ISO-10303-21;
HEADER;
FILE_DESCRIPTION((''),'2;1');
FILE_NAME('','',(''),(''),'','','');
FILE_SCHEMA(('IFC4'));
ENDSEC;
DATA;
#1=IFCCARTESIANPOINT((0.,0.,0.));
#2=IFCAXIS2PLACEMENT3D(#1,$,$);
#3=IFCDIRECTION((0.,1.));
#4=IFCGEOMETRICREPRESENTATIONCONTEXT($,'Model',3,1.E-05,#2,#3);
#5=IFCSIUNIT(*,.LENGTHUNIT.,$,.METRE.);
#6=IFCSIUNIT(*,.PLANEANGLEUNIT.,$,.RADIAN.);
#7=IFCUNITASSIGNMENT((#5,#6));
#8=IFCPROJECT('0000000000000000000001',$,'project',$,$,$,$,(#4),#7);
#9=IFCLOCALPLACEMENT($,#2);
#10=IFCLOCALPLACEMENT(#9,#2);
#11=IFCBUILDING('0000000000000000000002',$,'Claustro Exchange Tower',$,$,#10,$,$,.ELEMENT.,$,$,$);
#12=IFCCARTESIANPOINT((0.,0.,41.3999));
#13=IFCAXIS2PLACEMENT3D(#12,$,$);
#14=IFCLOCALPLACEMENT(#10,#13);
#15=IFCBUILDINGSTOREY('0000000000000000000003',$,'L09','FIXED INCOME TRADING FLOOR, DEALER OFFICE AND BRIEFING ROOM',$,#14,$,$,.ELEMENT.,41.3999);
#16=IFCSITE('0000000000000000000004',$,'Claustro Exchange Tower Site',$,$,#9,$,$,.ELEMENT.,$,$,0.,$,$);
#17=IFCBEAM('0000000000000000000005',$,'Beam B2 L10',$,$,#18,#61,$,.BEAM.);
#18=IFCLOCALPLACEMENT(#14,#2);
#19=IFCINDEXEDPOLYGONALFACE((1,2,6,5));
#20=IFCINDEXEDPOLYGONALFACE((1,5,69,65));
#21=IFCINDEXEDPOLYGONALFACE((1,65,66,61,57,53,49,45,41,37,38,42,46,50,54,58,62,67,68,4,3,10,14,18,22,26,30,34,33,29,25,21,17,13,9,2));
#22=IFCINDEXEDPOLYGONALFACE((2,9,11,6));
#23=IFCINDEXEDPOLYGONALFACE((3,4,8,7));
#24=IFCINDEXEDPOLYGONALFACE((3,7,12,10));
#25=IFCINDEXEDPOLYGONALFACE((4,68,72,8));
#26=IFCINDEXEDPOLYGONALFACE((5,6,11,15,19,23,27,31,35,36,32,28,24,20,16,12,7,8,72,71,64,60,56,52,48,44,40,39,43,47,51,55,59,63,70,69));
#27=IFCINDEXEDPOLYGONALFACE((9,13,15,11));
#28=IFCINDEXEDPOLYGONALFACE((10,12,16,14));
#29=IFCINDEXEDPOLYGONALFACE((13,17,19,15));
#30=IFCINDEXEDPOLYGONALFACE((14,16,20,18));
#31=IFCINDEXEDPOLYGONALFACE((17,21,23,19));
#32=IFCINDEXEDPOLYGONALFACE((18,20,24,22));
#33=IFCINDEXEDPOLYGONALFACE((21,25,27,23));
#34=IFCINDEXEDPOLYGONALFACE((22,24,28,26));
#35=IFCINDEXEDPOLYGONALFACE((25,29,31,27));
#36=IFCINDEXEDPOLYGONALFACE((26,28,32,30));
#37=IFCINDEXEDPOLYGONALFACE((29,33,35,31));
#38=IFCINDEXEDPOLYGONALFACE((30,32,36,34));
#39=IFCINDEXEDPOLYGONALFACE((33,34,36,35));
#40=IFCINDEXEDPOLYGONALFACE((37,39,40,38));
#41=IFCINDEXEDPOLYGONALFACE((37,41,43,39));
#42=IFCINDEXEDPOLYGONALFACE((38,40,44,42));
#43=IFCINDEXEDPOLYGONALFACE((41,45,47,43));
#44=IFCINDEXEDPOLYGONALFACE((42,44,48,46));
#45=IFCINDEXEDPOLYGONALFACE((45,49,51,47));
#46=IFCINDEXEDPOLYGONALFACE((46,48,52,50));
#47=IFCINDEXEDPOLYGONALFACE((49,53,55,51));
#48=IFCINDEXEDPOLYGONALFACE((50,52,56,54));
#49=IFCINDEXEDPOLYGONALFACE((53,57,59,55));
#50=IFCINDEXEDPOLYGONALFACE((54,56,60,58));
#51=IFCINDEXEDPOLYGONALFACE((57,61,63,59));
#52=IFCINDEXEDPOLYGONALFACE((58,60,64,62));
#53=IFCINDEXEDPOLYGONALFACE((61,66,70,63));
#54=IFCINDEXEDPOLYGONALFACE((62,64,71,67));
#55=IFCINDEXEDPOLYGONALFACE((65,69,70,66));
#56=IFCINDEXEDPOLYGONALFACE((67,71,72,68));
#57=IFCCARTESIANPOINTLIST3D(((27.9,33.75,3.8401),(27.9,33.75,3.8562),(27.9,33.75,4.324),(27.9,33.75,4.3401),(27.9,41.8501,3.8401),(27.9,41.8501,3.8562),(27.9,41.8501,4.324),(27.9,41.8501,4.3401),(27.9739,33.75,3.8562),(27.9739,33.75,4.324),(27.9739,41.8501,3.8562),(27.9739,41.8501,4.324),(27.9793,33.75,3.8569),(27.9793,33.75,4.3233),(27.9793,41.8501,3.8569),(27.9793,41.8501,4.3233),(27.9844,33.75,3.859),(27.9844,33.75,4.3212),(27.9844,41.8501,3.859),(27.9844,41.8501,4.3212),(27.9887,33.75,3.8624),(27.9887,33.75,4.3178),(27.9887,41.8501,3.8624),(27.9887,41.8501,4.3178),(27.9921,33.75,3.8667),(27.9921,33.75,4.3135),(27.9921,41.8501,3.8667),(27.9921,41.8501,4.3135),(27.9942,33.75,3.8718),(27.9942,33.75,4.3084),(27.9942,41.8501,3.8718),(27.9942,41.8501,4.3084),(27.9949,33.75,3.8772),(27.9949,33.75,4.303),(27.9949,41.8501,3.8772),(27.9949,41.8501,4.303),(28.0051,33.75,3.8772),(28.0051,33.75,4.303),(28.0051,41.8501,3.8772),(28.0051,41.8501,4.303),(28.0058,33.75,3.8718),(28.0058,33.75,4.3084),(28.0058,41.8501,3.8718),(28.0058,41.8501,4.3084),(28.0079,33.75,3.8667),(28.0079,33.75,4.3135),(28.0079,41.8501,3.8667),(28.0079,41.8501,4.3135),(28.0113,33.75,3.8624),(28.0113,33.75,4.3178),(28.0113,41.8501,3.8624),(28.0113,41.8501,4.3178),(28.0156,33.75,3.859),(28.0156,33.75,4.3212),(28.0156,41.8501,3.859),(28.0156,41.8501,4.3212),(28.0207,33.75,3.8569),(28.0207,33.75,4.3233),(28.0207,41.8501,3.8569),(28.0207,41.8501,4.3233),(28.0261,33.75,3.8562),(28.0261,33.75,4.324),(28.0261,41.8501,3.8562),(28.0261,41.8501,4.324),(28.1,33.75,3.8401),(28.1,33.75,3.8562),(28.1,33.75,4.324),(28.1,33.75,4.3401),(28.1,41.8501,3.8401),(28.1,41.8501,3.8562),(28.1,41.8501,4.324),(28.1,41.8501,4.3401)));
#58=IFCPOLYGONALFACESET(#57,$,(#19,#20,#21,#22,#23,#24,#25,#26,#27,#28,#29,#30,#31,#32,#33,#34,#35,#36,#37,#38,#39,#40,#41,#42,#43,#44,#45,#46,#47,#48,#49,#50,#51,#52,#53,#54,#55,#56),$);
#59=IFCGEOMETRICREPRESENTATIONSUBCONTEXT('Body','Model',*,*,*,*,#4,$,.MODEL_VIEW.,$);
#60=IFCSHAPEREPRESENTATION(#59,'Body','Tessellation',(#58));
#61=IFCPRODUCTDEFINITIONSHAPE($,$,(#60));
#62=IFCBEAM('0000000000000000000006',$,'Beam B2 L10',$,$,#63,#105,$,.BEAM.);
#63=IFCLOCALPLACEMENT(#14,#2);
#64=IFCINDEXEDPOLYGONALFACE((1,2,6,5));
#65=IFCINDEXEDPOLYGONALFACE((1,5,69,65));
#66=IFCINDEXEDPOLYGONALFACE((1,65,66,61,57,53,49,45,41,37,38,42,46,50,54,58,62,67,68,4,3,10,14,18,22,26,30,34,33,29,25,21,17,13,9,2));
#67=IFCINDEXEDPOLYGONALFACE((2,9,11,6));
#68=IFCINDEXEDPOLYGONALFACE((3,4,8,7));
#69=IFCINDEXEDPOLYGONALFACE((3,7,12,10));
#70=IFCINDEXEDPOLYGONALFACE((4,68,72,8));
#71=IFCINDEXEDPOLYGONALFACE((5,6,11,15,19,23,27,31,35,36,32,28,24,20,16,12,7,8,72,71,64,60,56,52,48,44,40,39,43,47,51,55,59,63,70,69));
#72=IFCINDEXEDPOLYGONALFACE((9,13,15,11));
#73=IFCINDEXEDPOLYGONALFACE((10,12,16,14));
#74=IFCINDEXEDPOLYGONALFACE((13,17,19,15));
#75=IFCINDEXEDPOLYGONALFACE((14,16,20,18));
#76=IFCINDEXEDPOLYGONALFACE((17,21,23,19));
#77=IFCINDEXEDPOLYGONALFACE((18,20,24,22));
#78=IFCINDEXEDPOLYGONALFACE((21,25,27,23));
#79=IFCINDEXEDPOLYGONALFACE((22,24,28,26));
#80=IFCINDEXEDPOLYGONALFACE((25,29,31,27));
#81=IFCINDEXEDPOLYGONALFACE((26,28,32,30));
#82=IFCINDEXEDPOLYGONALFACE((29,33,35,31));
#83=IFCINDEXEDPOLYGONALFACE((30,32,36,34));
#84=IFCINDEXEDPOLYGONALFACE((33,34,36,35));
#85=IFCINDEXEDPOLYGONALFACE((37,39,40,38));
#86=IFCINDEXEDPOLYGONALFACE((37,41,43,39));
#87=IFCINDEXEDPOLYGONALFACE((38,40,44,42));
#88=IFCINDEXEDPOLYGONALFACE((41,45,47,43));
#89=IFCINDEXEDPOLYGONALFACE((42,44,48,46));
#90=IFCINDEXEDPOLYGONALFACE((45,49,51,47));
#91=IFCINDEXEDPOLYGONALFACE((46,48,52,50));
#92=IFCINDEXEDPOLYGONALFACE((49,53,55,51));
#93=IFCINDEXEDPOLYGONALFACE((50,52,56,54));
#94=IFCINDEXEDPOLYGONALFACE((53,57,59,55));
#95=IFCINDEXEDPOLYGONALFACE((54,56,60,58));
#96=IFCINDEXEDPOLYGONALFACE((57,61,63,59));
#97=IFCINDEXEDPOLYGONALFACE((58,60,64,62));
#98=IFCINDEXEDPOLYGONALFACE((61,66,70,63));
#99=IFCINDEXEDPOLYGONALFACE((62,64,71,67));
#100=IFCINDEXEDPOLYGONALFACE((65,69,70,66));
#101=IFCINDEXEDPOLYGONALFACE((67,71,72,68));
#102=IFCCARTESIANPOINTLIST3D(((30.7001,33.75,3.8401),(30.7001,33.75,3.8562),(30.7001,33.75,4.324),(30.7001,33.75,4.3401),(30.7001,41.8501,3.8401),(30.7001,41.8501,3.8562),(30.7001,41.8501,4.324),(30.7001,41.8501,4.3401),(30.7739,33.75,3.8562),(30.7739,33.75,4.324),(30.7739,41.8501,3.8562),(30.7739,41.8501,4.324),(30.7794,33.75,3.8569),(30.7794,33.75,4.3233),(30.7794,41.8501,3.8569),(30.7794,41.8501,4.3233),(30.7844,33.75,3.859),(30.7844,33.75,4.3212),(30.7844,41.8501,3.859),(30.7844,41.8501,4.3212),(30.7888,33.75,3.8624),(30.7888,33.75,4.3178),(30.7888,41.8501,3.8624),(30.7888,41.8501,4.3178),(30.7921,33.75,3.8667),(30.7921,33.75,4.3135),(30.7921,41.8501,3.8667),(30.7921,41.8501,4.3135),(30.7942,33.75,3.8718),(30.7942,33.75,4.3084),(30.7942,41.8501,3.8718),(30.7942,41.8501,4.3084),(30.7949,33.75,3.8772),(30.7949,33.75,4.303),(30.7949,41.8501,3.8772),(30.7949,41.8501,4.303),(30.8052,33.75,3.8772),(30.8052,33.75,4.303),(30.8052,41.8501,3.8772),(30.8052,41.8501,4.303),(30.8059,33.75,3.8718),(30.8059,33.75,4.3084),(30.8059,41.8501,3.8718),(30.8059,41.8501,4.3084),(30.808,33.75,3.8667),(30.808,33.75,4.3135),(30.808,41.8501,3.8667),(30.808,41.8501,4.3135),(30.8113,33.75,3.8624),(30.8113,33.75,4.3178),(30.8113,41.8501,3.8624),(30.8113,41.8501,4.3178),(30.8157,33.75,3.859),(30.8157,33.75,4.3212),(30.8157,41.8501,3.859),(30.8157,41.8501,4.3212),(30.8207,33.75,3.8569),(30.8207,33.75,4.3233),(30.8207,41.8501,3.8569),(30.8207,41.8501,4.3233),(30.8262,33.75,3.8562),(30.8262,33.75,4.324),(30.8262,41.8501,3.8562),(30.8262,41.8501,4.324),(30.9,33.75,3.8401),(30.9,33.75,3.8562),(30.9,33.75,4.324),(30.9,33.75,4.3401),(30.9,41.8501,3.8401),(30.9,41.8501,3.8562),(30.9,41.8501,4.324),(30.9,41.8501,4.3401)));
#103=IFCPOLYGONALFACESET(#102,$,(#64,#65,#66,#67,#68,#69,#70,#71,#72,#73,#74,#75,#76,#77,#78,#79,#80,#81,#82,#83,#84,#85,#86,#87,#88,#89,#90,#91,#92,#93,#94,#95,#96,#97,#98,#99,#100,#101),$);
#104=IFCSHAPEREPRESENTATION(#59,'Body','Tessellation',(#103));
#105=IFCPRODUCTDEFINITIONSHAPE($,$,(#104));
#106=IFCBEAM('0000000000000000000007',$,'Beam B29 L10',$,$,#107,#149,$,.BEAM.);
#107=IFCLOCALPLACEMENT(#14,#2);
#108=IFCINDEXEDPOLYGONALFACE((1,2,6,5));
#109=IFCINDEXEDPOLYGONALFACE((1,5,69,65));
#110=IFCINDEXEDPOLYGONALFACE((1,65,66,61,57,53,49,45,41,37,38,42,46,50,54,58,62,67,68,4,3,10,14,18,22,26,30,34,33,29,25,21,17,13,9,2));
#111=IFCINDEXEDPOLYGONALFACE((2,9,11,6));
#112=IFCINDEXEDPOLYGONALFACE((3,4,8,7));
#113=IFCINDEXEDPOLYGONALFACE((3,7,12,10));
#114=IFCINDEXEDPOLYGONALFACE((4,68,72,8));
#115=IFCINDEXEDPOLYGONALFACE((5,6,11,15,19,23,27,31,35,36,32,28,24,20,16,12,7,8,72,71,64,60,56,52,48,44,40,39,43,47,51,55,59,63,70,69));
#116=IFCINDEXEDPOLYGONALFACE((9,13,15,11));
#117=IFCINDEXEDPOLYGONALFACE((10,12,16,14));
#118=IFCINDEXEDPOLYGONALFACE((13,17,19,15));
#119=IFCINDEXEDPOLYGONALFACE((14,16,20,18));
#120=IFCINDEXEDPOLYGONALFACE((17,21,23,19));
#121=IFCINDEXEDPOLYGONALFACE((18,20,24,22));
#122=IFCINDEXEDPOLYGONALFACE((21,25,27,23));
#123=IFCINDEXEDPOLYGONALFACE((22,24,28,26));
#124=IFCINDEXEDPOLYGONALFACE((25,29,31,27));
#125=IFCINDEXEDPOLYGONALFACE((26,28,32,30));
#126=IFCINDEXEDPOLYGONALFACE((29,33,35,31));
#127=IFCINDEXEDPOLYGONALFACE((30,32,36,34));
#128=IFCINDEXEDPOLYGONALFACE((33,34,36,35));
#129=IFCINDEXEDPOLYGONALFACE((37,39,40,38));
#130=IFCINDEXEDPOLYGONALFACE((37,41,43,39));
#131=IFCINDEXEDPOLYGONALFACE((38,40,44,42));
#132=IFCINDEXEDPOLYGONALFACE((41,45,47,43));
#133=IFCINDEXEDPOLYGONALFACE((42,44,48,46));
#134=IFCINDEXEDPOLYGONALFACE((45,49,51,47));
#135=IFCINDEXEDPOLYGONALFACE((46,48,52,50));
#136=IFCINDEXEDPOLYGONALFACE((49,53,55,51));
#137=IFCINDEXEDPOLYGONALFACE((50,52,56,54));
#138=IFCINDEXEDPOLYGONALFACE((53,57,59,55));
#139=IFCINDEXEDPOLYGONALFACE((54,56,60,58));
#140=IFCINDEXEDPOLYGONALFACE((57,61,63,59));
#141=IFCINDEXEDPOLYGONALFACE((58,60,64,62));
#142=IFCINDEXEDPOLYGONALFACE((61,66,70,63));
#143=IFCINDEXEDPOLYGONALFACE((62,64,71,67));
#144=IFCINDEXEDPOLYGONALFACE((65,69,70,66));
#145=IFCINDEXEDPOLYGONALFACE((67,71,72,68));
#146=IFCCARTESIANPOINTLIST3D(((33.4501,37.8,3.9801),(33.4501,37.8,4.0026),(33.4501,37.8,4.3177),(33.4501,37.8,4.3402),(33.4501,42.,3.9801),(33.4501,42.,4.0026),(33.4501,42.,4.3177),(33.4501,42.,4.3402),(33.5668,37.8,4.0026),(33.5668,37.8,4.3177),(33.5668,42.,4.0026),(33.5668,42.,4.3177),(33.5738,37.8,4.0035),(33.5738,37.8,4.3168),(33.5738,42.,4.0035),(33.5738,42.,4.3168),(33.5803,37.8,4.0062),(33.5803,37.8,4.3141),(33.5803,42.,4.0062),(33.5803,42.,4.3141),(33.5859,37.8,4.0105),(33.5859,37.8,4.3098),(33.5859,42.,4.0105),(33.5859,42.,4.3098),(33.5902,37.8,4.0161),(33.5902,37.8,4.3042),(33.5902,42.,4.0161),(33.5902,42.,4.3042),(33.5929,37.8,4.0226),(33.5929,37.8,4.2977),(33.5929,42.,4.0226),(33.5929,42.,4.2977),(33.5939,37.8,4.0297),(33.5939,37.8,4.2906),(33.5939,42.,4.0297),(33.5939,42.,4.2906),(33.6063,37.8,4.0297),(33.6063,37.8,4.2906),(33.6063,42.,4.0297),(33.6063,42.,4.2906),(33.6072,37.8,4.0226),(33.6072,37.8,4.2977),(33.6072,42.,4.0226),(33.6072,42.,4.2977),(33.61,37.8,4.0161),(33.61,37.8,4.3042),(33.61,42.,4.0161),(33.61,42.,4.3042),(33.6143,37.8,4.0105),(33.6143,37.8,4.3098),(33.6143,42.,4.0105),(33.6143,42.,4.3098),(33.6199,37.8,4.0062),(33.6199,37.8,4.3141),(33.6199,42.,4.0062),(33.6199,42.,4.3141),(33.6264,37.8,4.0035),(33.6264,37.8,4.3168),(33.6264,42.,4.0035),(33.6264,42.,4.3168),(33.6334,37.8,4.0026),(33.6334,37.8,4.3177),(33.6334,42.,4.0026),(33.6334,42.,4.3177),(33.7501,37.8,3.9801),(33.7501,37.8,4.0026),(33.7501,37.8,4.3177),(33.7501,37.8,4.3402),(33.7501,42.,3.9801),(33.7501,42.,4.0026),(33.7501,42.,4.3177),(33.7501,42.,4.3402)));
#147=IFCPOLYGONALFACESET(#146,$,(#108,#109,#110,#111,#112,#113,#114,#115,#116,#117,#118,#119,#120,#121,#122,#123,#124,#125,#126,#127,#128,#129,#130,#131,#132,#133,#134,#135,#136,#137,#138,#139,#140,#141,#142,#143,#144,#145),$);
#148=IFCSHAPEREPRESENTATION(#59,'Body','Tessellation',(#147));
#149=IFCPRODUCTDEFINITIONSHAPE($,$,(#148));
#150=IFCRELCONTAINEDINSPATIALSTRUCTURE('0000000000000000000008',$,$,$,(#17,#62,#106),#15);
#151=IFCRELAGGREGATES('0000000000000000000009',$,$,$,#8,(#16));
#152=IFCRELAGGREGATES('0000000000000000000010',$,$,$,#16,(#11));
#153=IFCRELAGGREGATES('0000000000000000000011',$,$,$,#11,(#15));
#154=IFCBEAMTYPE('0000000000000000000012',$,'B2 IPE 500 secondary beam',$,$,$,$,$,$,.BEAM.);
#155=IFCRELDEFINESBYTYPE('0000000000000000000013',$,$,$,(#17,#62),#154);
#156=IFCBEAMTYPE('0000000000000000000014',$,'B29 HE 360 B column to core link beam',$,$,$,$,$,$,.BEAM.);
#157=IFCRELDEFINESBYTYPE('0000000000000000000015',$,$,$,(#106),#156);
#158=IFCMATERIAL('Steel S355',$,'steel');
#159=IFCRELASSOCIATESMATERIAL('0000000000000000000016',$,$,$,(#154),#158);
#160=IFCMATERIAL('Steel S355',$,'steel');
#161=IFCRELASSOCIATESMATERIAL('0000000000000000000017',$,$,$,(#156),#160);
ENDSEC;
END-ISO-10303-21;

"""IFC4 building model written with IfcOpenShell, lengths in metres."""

from ifc_helpers import new_model, si_unit, direction, frame, origin, origin_2d, place, context, subcontext, project, spatial, i_section, extrude, material, material_profile, profile_set, type_object, element, save


model = new_model("IFC4")

# Units and contexts
model_context = context("Model", 3, precision=1e-05, world=origin(), true_north=direction((0.0, 1.0)))
body_context = subcontext(model_context, "Body", "Model", "MODEL_VIEW")
ifc_project = project(units=[si_unit("LENGTHUNIT", "METRE"), si_unit("PLANEANGLEUNIT", "RADIAN")], contexts=[model_context])

# Site, building, storey
site_placement = place(None, origin())
site = spatial("IfcSite", under=ifc_project, at=site_placement, Name="Claustro Exchange Tower Site", CompositionType="ELEMENT", RefElevation=0.0)
building_placement = place(site_placement, origin())
building = spatial("IfcBuilding", under=site, at=building_placement, Name="Claustro Exchange Tower", CompositionType="ELEMENT")
storey_placement = place(building_placement, frame((0.0, 0.0, 41.3999)))
storey = spatial("IfcBuildingStorey", under=building, at=storey_placement, Name="L09", Description="FIXED INCOME TRADING FLOOR, DEALER OFFICE AND BRIEFING ROOM", CompositionType="ELEMENT", Elevation=41.3999)

# Beams
ifc_material_1 = material(Name="Steel S355", Category="steel")
ifc_material_profile_1 = material_profile(ifc_material_1, i_section(OverallWidth=0.2, OverallDepth=0.5, WebThickness=0.0103, FlangeThickness=0.0161, FilletRadius=0.021, at=origin_2d()), Name="IPE 500")
ifc_profile_set_1 = profile_set([ifc_material_profile_1], Name="Steel S355")
beam_type_1 = type_object("IfcBeamType", Name="B2 IPE 500 secondary beam", PredefinedType="BEAM", material=ifc_profile_set_1)
for number, where, z_axis, x_axis, name in (
    (1, (28.0, 33.75, 4.0901), (0.0, 1.0, 0.0), (-1.0, 0.0, 0.0), "Beam B2 L10"),
    (2, (30.8, 33.75, 4.0901), (0.0, 1.0, 0.0), (-1.0, 0.0, 0.0), "Beam B2 L10"),
):
    element("IfcBeam", number, at=place(storey_placement, frame(where, z_axis=z_axis, x_axis=x_axis)), inside=storey, type_object=beam_type_1, Name=name, PredefinedType="BEAM", context=body_context, shape_type="SweptSolid", body=[
        extrude(i_section(OverallWidth=0.2, OverallDepth=0.5, WebThickness=0.0103, FlangeThickness=0.0161, FilletRadius=0.021, at=origin_2d()), origin(), (0.0, 0.0, 1.0), 8.1001),
    ])
ifc_material_2 = material(Name="Steel S355", Category="steel")
ifc_material_profile_2 = material_profile(ifc_material_2, i_section(OverallWidth=0.3, OverallDepth=0.3601, WebThickness=0.0125, FlangeThickness=0.0225, FilletRadius=0.0271, at=origin_2d()), Name="HE 360 B")
ifc_profile_set_2 = profile_set([ifc_material_profile_2], Name="Steel S355")
beam_type_2 = type_object("IfcBeamType", Name="B29 HE 360 B column to core link beam", PredefinedType="BEAM", material=ifc_profile_set_2)
beam_1_placement = place(storey_placement, frame((33.6001, 37.8, 4.1602), z_axis=(0.0, 1.0, 0.0), x_axis=(-1.0, 0.0, 0.0)))
element("IfcBeam", 3, at=beam_1_placement, inside=storey, type_object=beam_type_2, Name="Beam B29 L10", PredefinedType="BEAM", context=body_context, shape_type="SweptSolid", body=[
    extrude(i_section(OverallWidth=0.3, OverallDepth=0.3601, WebThickness=0.0125, FlangeThickness=0.0225, FilletRadius=0.0271, at=origin_2d()), origin(), (0.0, 0.0, 1.0), 4.2),
])

save(model, "model.ifc")
